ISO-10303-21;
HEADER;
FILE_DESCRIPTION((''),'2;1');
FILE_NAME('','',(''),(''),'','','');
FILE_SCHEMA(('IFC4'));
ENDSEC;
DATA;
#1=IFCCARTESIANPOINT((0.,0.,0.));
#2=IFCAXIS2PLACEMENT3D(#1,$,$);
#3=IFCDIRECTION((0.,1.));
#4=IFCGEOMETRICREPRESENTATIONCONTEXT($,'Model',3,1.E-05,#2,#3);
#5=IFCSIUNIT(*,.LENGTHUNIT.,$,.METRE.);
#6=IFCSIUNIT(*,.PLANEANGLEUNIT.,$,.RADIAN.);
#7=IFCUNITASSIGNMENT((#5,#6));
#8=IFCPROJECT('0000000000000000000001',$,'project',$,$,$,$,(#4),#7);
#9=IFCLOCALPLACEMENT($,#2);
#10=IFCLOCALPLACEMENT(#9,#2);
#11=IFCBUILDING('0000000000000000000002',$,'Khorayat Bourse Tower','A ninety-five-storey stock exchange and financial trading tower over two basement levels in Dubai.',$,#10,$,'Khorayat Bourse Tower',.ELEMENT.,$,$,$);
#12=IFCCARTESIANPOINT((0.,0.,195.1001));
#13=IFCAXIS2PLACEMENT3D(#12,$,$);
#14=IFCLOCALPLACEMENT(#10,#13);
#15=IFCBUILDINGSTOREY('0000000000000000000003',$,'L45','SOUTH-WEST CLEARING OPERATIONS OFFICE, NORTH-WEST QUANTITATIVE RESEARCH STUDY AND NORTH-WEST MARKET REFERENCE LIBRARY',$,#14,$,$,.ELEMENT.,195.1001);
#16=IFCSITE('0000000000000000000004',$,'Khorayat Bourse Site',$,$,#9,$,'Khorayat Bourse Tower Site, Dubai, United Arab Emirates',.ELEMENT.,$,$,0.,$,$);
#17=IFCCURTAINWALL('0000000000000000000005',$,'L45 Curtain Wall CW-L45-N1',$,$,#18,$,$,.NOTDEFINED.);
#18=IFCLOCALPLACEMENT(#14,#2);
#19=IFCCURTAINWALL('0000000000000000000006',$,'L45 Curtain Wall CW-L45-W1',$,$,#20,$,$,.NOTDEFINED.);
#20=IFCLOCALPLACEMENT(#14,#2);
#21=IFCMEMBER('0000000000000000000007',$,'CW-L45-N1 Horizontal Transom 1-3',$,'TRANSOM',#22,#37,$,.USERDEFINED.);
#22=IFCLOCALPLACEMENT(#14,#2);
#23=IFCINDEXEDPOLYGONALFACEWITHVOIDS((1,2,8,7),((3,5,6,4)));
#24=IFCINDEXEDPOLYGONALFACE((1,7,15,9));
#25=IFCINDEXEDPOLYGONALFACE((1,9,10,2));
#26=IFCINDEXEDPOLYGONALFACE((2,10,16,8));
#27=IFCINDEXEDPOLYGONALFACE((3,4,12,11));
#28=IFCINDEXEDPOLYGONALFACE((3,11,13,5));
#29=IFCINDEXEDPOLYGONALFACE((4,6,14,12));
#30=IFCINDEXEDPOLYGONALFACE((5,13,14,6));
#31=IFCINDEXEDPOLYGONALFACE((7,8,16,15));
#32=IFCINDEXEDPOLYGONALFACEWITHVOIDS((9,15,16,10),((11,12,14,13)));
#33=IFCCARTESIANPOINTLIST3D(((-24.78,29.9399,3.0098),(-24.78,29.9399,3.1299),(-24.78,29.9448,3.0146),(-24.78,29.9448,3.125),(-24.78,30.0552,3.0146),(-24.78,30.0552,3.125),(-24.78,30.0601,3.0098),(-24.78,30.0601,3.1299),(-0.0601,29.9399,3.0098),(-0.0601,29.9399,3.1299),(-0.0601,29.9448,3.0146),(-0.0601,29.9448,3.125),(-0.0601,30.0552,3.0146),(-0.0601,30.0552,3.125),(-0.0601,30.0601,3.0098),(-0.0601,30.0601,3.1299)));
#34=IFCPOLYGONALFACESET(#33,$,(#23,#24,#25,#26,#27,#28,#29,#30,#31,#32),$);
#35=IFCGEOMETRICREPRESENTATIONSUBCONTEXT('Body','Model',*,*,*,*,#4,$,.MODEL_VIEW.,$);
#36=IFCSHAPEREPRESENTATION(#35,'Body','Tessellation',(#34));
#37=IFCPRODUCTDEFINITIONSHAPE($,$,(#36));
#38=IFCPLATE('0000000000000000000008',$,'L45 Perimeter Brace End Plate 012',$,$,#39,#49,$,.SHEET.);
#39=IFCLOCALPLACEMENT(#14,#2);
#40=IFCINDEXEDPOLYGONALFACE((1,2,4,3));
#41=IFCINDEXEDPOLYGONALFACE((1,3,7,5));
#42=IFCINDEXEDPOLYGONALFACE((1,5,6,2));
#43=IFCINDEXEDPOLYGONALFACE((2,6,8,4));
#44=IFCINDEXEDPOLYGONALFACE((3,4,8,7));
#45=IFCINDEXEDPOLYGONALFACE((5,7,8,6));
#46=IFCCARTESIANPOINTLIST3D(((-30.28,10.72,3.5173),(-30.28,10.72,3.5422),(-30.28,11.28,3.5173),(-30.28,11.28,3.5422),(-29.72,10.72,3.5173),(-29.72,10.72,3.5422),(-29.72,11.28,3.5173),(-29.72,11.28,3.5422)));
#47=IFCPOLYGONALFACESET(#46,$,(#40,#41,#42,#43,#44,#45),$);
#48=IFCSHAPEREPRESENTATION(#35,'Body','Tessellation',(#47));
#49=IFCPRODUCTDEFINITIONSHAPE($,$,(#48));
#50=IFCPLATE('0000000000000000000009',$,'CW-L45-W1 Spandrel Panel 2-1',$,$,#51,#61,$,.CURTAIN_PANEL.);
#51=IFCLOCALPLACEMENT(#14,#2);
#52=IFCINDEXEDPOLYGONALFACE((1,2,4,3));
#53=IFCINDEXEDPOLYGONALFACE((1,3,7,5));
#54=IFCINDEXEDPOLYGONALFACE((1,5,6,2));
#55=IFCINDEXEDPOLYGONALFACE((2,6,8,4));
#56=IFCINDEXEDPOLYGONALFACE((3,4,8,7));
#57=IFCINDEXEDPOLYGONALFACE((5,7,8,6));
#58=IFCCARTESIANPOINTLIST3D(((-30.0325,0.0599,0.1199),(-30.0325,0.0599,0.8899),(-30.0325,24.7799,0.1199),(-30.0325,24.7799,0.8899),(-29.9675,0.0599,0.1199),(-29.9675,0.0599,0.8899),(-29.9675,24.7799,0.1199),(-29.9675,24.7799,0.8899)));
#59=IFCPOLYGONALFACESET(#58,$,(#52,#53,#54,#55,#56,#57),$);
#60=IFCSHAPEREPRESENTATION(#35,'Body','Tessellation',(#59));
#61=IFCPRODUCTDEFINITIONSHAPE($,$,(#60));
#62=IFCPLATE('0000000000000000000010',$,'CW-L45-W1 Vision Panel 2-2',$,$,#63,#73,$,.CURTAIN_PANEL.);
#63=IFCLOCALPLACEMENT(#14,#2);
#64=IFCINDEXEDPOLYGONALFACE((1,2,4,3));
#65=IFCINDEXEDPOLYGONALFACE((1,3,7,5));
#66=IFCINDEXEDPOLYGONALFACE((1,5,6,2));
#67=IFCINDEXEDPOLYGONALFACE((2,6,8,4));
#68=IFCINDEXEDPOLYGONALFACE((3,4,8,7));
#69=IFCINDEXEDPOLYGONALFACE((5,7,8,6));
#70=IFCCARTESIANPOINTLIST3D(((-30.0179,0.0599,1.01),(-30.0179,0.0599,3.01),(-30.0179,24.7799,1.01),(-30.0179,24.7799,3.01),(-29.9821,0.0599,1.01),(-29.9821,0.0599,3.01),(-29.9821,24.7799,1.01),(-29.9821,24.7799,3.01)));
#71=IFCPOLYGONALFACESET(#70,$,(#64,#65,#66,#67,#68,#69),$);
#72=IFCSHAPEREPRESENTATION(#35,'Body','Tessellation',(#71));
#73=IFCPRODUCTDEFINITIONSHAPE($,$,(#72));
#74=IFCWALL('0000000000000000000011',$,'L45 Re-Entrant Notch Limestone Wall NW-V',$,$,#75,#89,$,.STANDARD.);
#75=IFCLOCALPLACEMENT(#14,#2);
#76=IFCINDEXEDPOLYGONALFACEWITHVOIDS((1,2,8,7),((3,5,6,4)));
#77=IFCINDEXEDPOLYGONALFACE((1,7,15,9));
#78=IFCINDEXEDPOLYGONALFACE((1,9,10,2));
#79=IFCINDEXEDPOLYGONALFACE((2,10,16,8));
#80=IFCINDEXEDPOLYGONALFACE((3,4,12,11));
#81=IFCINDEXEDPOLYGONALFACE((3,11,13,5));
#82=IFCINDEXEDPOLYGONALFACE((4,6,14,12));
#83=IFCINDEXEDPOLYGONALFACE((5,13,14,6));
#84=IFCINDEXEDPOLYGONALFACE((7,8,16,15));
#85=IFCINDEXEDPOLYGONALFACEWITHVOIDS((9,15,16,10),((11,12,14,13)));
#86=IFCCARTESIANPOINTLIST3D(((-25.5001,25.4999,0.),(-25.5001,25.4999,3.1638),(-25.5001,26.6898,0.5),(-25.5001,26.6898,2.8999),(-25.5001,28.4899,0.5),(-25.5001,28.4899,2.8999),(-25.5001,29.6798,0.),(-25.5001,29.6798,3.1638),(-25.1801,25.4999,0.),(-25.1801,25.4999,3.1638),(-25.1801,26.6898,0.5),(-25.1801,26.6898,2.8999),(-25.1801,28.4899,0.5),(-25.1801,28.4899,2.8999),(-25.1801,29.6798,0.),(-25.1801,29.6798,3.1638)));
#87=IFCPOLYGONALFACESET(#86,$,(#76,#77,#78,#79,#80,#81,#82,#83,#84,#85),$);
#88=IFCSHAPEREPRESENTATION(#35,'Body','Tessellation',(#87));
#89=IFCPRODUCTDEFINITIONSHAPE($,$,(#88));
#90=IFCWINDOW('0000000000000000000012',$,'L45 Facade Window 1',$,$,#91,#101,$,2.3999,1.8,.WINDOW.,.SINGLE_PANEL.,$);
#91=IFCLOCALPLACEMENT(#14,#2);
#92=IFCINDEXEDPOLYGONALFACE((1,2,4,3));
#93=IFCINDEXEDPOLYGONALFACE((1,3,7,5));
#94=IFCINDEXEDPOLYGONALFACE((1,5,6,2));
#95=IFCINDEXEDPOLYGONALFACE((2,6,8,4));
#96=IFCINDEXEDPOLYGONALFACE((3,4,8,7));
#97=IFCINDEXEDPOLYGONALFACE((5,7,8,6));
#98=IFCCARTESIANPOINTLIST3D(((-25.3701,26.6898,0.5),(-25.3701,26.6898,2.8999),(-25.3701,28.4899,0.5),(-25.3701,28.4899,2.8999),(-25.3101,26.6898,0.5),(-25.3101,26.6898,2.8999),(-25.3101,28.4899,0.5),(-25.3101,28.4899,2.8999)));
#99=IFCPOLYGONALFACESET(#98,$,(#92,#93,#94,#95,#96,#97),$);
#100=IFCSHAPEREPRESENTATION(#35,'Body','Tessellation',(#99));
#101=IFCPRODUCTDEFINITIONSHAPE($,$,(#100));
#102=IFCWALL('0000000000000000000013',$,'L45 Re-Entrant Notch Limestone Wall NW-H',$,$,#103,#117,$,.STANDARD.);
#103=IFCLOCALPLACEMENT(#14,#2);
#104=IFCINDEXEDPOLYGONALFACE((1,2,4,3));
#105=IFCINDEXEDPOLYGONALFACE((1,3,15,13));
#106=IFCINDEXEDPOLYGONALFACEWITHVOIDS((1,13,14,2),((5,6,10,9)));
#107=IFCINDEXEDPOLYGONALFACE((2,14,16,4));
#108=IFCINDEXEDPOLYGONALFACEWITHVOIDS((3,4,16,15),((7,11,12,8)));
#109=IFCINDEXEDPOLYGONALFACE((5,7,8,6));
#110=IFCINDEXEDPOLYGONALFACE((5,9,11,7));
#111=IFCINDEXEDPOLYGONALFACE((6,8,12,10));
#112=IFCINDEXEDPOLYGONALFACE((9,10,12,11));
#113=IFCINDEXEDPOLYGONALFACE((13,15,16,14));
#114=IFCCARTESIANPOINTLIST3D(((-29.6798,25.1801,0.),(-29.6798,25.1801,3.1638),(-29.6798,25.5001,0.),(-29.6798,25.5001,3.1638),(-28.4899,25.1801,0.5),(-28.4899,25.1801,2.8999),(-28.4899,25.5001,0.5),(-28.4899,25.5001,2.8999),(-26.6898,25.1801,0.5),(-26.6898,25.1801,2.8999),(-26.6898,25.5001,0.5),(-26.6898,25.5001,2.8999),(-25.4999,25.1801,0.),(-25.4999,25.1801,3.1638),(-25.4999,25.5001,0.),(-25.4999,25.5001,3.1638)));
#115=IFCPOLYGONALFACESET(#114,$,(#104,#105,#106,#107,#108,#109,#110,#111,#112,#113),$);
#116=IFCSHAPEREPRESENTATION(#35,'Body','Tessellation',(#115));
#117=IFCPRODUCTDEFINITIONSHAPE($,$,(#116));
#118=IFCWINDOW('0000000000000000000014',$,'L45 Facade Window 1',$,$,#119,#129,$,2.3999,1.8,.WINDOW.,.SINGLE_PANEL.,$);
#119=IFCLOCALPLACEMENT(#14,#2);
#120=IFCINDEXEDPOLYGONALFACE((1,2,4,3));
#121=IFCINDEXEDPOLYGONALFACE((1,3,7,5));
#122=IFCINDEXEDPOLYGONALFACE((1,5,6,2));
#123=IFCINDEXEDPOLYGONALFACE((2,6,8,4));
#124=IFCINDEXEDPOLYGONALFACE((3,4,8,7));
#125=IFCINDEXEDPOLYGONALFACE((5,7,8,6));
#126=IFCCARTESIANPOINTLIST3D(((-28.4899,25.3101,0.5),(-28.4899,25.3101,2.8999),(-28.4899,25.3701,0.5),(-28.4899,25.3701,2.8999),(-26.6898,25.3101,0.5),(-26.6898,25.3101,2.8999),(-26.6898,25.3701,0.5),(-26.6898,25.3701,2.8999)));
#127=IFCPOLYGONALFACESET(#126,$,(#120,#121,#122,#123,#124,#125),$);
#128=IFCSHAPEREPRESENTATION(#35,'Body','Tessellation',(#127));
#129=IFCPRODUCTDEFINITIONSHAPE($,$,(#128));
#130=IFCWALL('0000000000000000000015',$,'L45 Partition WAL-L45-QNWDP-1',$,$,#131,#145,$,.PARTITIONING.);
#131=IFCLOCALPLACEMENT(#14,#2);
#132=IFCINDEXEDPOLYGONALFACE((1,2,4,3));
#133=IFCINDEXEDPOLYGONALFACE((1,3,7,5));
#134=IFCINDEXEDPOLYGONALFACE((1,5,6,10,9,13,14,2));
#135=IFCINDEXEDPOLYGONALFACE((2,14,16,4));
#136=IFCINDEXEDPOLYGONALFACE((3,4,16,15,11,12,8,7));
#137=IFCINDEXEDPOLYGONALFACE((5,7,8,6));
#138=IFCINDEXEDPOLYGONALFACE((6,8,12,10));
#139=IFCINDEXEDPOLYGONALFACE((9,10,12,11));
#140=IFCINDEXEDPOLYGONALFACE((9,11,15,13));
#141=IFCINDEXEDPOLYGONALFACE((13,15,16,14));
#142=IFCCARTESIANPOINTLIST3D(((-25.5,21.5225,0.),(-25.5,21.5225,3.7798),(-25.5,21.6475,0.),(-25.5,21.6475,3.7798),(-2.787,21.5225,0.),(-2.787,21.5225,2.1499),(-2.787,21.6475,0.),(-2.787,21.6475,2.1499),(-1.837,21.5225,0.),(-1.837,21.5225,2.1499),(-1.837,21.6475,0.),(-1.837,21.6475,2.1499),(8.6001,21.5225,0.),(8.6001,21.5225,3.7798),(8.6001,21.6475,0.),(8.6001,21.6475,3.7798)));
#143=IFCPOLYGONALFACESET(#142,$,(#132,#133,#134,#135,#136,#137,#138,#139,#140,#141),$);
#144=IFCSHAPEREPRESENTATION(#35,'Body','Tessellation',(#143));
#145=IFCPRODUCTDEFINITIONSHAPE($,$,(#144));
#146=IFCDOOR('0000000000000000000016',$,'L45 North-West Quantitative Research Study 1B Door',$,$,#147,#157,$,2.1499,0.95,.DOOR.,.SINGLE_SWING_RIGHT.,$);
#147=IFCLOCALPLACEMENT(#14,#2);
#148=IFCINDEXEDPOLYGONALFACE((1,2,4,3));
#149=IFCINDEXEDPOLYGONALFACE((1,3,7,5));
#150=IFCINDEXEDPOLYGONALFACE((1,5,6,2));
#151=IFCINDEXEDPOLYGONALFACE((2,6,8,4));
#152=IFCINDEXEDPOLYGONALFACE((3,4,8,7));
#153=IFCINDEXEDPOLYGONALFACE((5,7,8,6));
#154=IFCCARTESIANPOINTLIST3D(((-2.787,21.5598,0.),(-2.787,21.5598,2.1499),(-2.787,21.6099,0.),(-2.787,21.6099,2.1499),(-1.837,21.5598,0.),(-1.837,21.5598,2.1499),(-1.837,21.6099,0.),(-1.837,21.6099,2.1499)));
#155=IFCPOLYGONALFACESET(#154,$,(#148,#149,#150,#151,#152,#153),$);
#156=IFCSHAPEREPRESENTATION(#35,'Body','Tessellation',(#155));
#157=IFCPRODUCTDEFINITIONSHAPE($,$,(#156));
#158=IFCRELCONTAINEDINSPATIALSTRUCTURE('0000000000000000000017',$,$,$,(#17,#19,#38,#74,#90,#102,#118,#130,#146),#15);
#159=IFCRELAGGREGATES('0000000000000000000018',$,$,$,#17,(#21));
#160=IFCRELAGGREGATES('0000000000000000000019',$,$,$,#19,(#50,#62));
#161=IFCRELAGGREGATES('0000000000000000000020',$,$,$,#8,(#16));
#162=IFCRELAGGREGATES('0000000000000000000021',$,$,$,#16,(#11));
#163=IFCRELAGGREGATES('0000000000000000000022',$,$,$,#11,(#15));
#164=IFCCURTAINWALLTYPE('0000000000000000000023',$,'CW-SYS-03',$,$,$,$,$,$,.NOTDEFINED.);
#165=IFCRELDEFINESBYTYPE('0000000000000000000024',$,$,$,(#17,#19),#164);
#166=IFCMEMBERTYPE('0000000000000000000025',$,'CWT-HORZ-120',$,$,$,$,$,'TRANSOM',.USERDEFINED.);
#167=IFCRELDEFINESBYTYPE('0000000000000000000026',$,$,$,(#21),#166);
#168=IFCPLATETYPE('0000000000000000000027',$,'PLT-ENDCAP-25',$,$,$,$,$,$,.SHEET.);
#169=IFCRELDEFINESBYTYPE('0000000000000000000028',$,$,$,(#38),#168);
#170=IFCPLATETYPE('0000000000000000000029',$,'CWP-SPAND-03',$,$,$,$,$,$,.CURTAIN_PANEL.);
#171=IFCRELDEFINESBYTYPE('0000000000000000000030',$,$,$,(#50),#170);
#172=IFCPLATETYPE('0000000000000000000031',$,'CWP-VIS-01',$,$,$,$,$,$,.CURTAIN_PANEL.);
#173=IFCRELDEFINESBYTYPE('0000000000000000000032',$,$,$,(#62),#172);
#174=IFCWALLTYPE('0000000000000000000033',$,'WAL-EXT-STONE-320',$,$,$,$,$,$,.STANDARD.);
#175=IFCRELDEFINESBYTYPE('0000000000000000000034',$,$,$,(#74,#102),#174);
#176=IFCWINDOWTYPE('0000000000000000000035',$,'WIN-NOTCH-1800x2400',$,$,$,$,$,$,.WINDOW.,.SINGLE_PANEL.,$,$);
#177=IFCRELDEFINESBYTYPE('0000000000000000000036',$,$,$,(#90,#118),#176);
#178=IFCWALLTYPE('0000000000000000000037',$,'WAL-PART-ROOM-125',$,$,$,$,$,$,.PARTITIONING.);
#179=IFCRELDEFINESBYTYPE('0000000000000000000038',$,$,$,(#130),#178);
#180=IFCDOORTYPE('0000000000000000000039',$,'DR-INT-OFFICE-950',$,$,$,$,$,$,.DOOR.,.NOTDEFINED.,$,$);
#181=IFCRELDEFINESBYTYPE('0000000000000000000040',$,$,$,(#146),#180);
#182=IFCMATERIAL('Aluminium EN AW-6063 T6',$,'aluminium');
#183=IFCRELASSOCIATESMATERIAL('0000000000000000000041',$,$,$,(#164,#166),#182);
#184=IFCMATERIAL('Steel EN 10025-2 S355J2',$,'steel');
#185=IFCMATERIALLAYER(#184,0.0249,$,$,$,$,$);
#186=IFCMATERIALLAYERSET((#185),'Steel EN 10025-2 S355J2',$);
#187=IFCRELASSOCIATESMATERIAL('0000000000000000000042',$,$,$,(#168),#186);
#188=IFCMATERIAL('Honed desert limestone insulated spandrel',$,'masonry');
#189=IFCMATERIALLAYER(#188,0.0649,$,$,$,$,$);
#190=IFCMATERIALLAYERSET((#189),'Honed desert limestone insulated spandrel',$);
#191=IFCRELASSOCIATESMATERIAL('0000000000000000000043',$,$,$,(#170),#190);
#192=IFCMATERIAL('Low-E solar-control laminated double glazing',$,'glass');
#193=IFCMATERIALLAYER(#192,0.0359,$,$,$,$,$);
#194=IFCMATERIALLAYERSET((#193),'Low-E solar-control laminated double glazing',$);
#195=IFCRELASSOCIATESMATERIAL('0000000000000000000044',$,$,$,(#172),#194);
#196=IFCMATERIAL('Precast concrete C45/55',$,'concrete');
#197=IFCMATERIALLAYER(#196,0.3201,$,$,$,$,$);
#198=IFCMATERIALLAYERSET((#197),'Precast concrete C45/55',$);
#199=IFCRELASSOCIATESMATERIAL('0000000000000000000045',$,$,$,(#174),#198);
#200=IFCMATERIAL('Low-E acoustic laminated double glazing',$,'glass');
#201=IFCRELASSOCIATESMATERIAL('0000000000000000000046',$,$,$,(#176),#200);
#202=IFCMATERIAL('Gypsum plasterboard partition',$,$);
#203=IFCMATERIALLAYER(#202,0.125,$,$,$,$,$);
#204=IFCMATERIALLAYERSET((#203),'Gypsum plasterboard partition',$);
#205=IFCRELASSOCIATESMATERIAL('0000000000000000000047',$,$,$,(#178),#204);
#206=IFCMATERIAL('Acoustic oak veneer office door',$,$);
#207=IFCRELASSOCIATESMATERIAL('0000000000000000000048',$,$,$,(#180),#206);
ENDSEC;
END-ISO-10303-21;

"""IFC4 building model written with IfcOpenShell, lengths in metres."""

from ifc_helpers import new_model, si_unit, direction, frame, frame_2d, origin, origin_2d, place, context, subcontext, project, spatial, rectangle, hollow_rectangle, extrude, source, transform, mapped, material, layer, layer_set, material_profile, profile_set, type_object, element, fill, aggregate, save


model = new_model("IFC4")

# Units and contexts
model_context = context("Model", 3, precision=1e-05, world=origin(), true_north=direction((0.0, 1.0)))
body_context = subcontext(model_context, "Body", "Model", "MODEL_VIEW")
ifc_project = project(units=[si_unit("LENGTHUNIT", "METRE"), si_unit("PLANEANGLEUNIT", "RADIAN")], contexts=[model_context])

# Site, building, storey
site_placement = place(None, origin())
site = spatial("IfcSite", under=ifc_project, at=site_placement, Name="Khorayat Bourse Site", LongName="Khorayat Bourse Tower Site, Dubai, United Arab Emirates", CompositionType="ELEMENT", RefElevation=0.0)
building_placement = place(site_placement, origin())
building = spatial("IfcBuilding", under=site, at=building_placement, Name="Khorayat Bourse Tower", Description="A ninety-five-storey stock exchange and financial trading tower over two basement levels in Dubai.", LongName="Khorayat Bourse Tower", CompositionType="ELEMENT")
storey_placement = place(building_placement, frame((0.0, 0.0, 195.1001)))
storey = spatial("IfcBuildingStorey", under=building, at=storey_placement, Name="L45", Description="SOUTH-WEST CLEARING OPERATIONS OFFICE, NORTH-WEST QUANTITATIVE RESEARCH STUDY AND NORTH-WEST MARKET REFERENCE LIBRARY", CompositionType="ELEMENT", Elevation=195.1001)

# Curtain wall
ifc_material_1 = material(Name="Aluminium EN AW-6063 T6", Category="aluminium")
curtain_wall_type = type_object("IfcCurtainWallType", Name="CW-SYS-03", PredefinedType="NOTDEFINED", material=ifc_material_1)
curtain_wall_1_placement = place(storey_placement, origin())
curtain_wall_1 = element("IfcCurtainWall", 1, at=curtain_wall_1_placement, inside=storey, type_object=curtain_wall_type, Name="L45 Curtain Wall CW-L45-N1", PredefinedType="NOTDEFINED")

# Curtain wall
curtain_wall_2_placement = place(storey_placement, origin())
curtain_wall_2 = element("IfcCurtainWall", 2, at=curtain_wall_2_placement, inside=storey, type_object=curtain_wall_type, Name="L45 Curtain Wall CW-L45-W1", PredefinedType="NOTDEFINED")

# Member
ifc_material_profile_1 = material_profile(ifc_material_1, hollow_rectangle(XDim=0.1201, YDim=0.1201, WallThickness=0.0049, at=origin_2d()), Name="ALU 120x120x5")
ifc_profile_set_1 = profile_set([ifc_material_profile_1], Name="Aluminium EN AW-6063 T6")
member_type_1 = type_object("IfcMemberType", Name="CWT-HORZ-120", ElementType="TRANSOM", PredefinedType="USERDEFINED", material=ifc_profile_set_1)
shared_shape_1 = source(origin(), body_context, "Body", "SweptSolid", [
    extrude(hollow_rectangle(XDim=0.1201, YDim=0.1201, WallThickness=0.0049, at=origin_2d()), origin(), (0.0, 0.0, 1.0), 24.72),
])
member_1_placement = place(storey_placement, frame((-24.78, 30.0, 3.0698), z_axis=(1.0, 0.0, 0.0), x_axis=(0.0, 1.0, 0.0)))
member_1 = element("IfcMember", 3, at=member_1_placement, type_object=member_type_1, Name="CW-L45-N1 Horizontal Transom 1-3", ObjectType="TRANSOM", PredefinedType="USERDEFINED", context=body_context, shape_type="MappedRepresentation", body=[
    mapped(shared_shape_1, transform((0.0, 0.0, 0.0), scale=1.0)),
])
aggregate(curtain_wall_1, [member_1])

# Plates
ifc_material_2 = material(Name="Steel EN 10025-2 S355J2", Category="steel")
ifc_layer_1 = layer(ifc_material_2, 0.0249)
ifc_layer_set_1 = layer_set([ifc_layer_1], Name="Steel EN 10025-2 S355J2")
plate_type_1 = type_object("IfcPlateType", Name="PLT-ENDCAP-25", PredefinedType="SHEET", material=ifc_layer_set_1)
shared_shape_2 = source(origin(), body_context, "Body", "SweptSolid", [
    extrude(rectangle(XDim=0.5601, YDim=0.5601, at=origin_2d()), origin(), (0.0, 0.0, 1.0), 0.0249),
])
plate_1_placement = place(storey_placement, frame((-30.0, 11.0, 3.5173), z_axis=(0.0, 0.0, 1.0), x_axis=(1.0, 0.0, 0.0)))
element("IfcPlate", 4, at=plate_1_placement, inside=storey, type_object=plate_type_1, Name="L45 Perimeter Brace End Plate 012", PredefinedType="SHEET", context=body_context, shape_type="MappedRepresentation", body=[
    mapped(shared_shape_2, transform((0.0, 0.0, 0.0), scale=1.0)),
])
ifc_material_3 = material(Name="Honed desert limestone insulated spandrel", Category="masonry")
ifc_layer_2 = layer(ifc_material_3, 0.0649)
ifc_layer_set_2 = layer_set([ifc_layer_2], Name="Honed desert limestone insulated spandrel")
plate_type_2 = type_object("IfcPlateType", Name="CWP-SPAND-03", PredefinedType="CURTAIN_PANEL", material=ifc_layer_set_2)
shared_shape_3 = source(origin(), body_context, "Body", "SweptSolid", [
    extrude(rectangle(XDim=24.72, YDim=0.0649, at=origin_2d()), origin(), (0.0, 0.0, 1.0), 0.77),
])
plate_2_placement = place(storey_placement, frame((-30.0, 12.4199, 0.1199), z_axis=(0.0, 0.0, 1.0), x_axis=(0.0, 1.0, 0.0)))
plate_2 = element("IfcPlate", 5, at=plate_2_placement, type_object=plate_type_2, Name="CW-L45-W1 Spandrel Panel 2-1", PredefinedType="CURTAIN_PANEL", context=body_context, shape_type="MappedRepresentation", body=[
    mapped(shared_shape_3, transform((0.0, 0.0, 0.0), scale=1.0)),
])
ifc_material_4 = material(Name="Low-E solar-control laminated double glazing", Category="glass")
ifc_layer_3 = layer(ifc_material_4, 0.0359)
ifc_layer_set_3 = layer_set([ifc_layer_3], Name="Low-E solar-control laminated double glazing")
plate_type_3 = type_object("IfcPlateType", Name="CWP-VIS-01", PredefinedType="CURTAIN_PANEL", material=ifc_layer_set_3)
shared_shape_4 = source(origin(), body_context, "Body", "SweptSolid", [
    extrude(rectangle(XDim=24.72, YDim=0.0359, at=origin_2d()), origin(), (0.0, 0.0, 1.0), 2.0),
])
plate_3_placement = place(storey_placement, frame((-30.0, 12.4199, 1.01), z_axis=(0.0, 0.0, 1.0), x_axis=(0.0, 1.0, 0.0)))
plate_3 = element("IfcPlate", 6, at=plate_3_placement, type_object=plate_type_3, Name="CW-L45-W1 Vision Panel 2-2", PredefinedType="CURTAIN_PANEL", context=body_context, shape_type="MappedRepresentation", body=[
    mapped(shared_shape_4, transform((0.0, 0.0, 0.0), scale=1.0)),
])
aggregate(curtain_wall_2, [plate_2, plate_3])

# Walls, openings, windows
ifc_material_5 = material(Name="Precast concrete C45/55", Category="concrete")
ifc_layer_4 = layer(ifc_material_5, 0.3201)
ifc_layer_set_4 = layer_set([ifc_layer_4], Name="Precast concrete C45/55")
wall_type_1 = type_object("IfcWallType", Name="WAL-EXT-STONE-320", PredefinedType="STANDARD", material=ifc_layer_set_4)
shared_shape_5 = source(origin(), body_context, "Body", "SweptSolid", [
    extrude(rectangle(XDim=4.1799, YDim=0.3201, at=frame_2d((2.0898, 0.0))), origin(), (0.0, 0.0, 1.0), 3.1638),
])
wall_1_placement = place(storey_placement, frame((-25.3401, 25.5, 0.0), z_axis=(0.0, 0.0, 1.0), x_axis=(0.0, 1.0, 0.0)))
wall_1 = element("IfcWall", 7, at=wall_1_placement, inside=storey, type_object=wall_type_1, Name="L45 Re-Entrant Notch Limestone Wall NW-V", PredefinedType="STANDARD", context=body_context, shape_type="MappedRepresentation", body=[
    mapped(shared_shape_5, transform((0.0, 0.0, 0.0), scale=1.0)),
])
shared_shape_6 = source(origin(), body_context, "Body", "SweptSolid", [
    extrude(rectangle(XDim=1.8, YDim=2.3999, at=frame_2d((0.8999, 1.2))), frame((0.0, 0.1699, 0.0), z_axis=(0.0, -1.0, 0.0), x_axis=(1.0, 0.0, 0.0)), (0.0, 0.0, 1.0), 0.3401),
])
opening_1_placement = place(wall_1_placement, frame((1.1899, 0.0, 0.5)))
opening_1 = element("IfcOpeningElement", 8, at=opening_1_placement, cuts=wall_1, PredefinedType="OPENING", context=body_context, shape_type="MappedRepresentation", body=[
    mapped(shared_shape_6, transform((0.0, 0.0, 0.0), scale=1.0)),
])
ifc_material_6 = material(Name="Low-E acoustic laminated double glazing", Category="glass")
window_type = type_object("IfcWindowType", Name="WIN-NOTCH-1800x2400", PartitioningType="SINGLE_PANEL", PredefinedType="WINDOW", material=ifc_material_6)
shared_shape_7 = source(origin(), body_context, "Body", "SweptSolid", [
    extrude(rectangle(XDim=1.8, YDim=2.3999, at=frame_2d((0.8999, 1.2))), frame((0.0, 0.03, 0.0), z_axis=(0.0, -1.0, 0.0), x_axis=(1.0, 0.0, 0.0)), (0.0, 0.0, 1.0), 0.0601),
])
window_1_placement = place(opening_1_placement, origin())
window_1 = element("IfcWindow", 9, at=window_1_placement, inside=storey, type_object=window_type, Name="L45 Facade Window 1", OverallHeight=2.3999, OverallWidth=1.8, PartitioningType="SINGLE_PANEL", PredefinedType="WINDOW", context=body_context, shape_type="MappedRepresentation", body=[
    mapped(shared_shape_7, transform((0.0, 0.0, 0.0), scale=1.0)),
])
fill(opening_1, window_1)
wall_2_placement = place(storey_placement, frame((-25.5, 25.3401, 0.0), z_axis=(0.0, 0.0, 1.0), x_axis=(-1.0, 0.0, 0.0)))
wall_2 = element("IfcWall", 10, at=wall_2_placement, inside=storey, type_object=wall_type_1, Name="L45 Re-Entrant Notch Limestone Wall NW-H", PredefinedType="STANDARD", context=body_context, shape_type="MappedRepresentation", body=[
    mapped(shared_shape_5, transform((0.0, 0.0, 0.0), scale=1.0)),
])
opening_2_placement = place(wall_2_placement, frame((1.1899, 0.0, 0.5)))
opening_2 = element("IfcOpeningElement", 11, at=opening_2_placement, cuts=wall_2, PredefinedType="OPENING", context=body_context, shape_type="MappedRepresentation", body=[
    mapped(shared_shape_6, transform((0.0, 0.0, 0.0), scale=1.0)),
])
window_2_placement = place(opening_2_placement, origin())
window_2 = element("IfcWindow", 12, at=window_2_placement, inside=storey, type_object=window_type, Name="L45 Facade Window 1", OverallHeight=2.3999, OverallWidth=1.8, PartitioningType="SINGLE_PANEL", PredefinedType="WINDOW", context=body_context, shape_type="MappedRepresentation", body=[
    mapped(shared_shape_7, transform((0.0, 0.0, 0.0), scale=1.0)),
])
fill(opening_2, window_2)

# Wall, opening, door
ifc_material_7 = material(Name="Gypsum plasterboard partition")
ifc_layer_5 = layer(ifc_material_7, 0.125)
ifc_layer_set_5 = layer_set([ifc_layer_5], Name="Gypsum plasterboard partition")
wall_type_2 = type_object("IfcWallType", Name="WAL-PART-ROOM-125", PredefinedType="PARTITIONING", material=ifc_layer_set_5)
shared_shape_8 = source(origin(), body_context, "Body", "SweptSolid", [
    extrude(rectangle(XDim=34.1001, YDim=0.125, at=frame_2d((17.05, 0.0))), origin(), (0.0, 0.0, 1.0), 3.7798),
])
wall_3_placement = place(storey_placement, frame((-25.5, 21.585, 0.0), z_axis=(0.0, 0.0, 1.0), x_axis=(1.0, 0.0, 0.0)))
wall_3 = element("IfcWall", 13, at=wall_3_placement, inside=storey, type_object=wall_type_2, Name="L45 Partition WAL-L45-QNWDP-1", PredefinedType="PARTITIONING", context=body_context, shape_type="MappedRepresentation", body=[
    mapped(shared_shape_8, transform((0.0, 0.0, 0.0), scale=1.0)),
])
shared_shape_9 = source(origin(), body_context, "Body", "SweptSolid", [
    extrude(rectangle(XDim=0.95, YDim=2.1499, at=frame_2d((0.4751, 1.075))), frame((0.0, 0.0725, 0.0), z_axis=(0.0, -1.0, 0.0), x_axis=(1.0, 0.0, 0.0)), (0.0, 0.0, 1.0), 0.145),
])
opening_3_placement = place(wall_3_placement, frame((22.7129, 0.0, 0.0)))
opening_3 = element("IfcOpeningElement", 14, at=opening_3_placement, cuts=wall_3, PredefinedType="OPENING", context=body_context, shape_type="MappedRepresentation", body=[
    mapped(shared_shape_9, transform((0.0, 0.0, 0.0), scale=1.0)),
])
ifc_material_8 = material(Name="Acoustic oak veneer office door")
door_type = type_object("IfcDoorType", Name="DR-INT-OFFICE-950", OperationType="NOTDEFINED", PredefinedType="DOOR", material=ifc_material_8)
shared_shape_10 = source(origin(), body_context, "Body", "SweptSolid", [
    extrude(rectangle(XDim=0.95, YDim=2.1499, at=frame_2d((0.4751, 1.075))), frame((0.0, 0.0249, 0.0), z_axis=(0.0, -1.0, 0.0), x_axis=(1.0, 0.0, 0.0)), (0.0, 0.0, 1.0), 0.05),
])
door_placement = place(opening_3_placement, origin())
door = element("IfcDoor", 15, at=door_placement, inside=storey, type_object=door_type, Name="L45 North-West Quantitative Research Study 1B Door", OperationType="SINGLE_SWING_RIGHT", OverallHeight=2.1499, OverallWidth=0.95, PredefinedType="DOOR", context=body_context, shape_type="MappedRepresentation", body=[
    mapped(shared_shape_10, transform((0.0, 0.0, 0.0), scale=1.0)),
])
fill(opening_3, door)

save(model, "model.ifc")
